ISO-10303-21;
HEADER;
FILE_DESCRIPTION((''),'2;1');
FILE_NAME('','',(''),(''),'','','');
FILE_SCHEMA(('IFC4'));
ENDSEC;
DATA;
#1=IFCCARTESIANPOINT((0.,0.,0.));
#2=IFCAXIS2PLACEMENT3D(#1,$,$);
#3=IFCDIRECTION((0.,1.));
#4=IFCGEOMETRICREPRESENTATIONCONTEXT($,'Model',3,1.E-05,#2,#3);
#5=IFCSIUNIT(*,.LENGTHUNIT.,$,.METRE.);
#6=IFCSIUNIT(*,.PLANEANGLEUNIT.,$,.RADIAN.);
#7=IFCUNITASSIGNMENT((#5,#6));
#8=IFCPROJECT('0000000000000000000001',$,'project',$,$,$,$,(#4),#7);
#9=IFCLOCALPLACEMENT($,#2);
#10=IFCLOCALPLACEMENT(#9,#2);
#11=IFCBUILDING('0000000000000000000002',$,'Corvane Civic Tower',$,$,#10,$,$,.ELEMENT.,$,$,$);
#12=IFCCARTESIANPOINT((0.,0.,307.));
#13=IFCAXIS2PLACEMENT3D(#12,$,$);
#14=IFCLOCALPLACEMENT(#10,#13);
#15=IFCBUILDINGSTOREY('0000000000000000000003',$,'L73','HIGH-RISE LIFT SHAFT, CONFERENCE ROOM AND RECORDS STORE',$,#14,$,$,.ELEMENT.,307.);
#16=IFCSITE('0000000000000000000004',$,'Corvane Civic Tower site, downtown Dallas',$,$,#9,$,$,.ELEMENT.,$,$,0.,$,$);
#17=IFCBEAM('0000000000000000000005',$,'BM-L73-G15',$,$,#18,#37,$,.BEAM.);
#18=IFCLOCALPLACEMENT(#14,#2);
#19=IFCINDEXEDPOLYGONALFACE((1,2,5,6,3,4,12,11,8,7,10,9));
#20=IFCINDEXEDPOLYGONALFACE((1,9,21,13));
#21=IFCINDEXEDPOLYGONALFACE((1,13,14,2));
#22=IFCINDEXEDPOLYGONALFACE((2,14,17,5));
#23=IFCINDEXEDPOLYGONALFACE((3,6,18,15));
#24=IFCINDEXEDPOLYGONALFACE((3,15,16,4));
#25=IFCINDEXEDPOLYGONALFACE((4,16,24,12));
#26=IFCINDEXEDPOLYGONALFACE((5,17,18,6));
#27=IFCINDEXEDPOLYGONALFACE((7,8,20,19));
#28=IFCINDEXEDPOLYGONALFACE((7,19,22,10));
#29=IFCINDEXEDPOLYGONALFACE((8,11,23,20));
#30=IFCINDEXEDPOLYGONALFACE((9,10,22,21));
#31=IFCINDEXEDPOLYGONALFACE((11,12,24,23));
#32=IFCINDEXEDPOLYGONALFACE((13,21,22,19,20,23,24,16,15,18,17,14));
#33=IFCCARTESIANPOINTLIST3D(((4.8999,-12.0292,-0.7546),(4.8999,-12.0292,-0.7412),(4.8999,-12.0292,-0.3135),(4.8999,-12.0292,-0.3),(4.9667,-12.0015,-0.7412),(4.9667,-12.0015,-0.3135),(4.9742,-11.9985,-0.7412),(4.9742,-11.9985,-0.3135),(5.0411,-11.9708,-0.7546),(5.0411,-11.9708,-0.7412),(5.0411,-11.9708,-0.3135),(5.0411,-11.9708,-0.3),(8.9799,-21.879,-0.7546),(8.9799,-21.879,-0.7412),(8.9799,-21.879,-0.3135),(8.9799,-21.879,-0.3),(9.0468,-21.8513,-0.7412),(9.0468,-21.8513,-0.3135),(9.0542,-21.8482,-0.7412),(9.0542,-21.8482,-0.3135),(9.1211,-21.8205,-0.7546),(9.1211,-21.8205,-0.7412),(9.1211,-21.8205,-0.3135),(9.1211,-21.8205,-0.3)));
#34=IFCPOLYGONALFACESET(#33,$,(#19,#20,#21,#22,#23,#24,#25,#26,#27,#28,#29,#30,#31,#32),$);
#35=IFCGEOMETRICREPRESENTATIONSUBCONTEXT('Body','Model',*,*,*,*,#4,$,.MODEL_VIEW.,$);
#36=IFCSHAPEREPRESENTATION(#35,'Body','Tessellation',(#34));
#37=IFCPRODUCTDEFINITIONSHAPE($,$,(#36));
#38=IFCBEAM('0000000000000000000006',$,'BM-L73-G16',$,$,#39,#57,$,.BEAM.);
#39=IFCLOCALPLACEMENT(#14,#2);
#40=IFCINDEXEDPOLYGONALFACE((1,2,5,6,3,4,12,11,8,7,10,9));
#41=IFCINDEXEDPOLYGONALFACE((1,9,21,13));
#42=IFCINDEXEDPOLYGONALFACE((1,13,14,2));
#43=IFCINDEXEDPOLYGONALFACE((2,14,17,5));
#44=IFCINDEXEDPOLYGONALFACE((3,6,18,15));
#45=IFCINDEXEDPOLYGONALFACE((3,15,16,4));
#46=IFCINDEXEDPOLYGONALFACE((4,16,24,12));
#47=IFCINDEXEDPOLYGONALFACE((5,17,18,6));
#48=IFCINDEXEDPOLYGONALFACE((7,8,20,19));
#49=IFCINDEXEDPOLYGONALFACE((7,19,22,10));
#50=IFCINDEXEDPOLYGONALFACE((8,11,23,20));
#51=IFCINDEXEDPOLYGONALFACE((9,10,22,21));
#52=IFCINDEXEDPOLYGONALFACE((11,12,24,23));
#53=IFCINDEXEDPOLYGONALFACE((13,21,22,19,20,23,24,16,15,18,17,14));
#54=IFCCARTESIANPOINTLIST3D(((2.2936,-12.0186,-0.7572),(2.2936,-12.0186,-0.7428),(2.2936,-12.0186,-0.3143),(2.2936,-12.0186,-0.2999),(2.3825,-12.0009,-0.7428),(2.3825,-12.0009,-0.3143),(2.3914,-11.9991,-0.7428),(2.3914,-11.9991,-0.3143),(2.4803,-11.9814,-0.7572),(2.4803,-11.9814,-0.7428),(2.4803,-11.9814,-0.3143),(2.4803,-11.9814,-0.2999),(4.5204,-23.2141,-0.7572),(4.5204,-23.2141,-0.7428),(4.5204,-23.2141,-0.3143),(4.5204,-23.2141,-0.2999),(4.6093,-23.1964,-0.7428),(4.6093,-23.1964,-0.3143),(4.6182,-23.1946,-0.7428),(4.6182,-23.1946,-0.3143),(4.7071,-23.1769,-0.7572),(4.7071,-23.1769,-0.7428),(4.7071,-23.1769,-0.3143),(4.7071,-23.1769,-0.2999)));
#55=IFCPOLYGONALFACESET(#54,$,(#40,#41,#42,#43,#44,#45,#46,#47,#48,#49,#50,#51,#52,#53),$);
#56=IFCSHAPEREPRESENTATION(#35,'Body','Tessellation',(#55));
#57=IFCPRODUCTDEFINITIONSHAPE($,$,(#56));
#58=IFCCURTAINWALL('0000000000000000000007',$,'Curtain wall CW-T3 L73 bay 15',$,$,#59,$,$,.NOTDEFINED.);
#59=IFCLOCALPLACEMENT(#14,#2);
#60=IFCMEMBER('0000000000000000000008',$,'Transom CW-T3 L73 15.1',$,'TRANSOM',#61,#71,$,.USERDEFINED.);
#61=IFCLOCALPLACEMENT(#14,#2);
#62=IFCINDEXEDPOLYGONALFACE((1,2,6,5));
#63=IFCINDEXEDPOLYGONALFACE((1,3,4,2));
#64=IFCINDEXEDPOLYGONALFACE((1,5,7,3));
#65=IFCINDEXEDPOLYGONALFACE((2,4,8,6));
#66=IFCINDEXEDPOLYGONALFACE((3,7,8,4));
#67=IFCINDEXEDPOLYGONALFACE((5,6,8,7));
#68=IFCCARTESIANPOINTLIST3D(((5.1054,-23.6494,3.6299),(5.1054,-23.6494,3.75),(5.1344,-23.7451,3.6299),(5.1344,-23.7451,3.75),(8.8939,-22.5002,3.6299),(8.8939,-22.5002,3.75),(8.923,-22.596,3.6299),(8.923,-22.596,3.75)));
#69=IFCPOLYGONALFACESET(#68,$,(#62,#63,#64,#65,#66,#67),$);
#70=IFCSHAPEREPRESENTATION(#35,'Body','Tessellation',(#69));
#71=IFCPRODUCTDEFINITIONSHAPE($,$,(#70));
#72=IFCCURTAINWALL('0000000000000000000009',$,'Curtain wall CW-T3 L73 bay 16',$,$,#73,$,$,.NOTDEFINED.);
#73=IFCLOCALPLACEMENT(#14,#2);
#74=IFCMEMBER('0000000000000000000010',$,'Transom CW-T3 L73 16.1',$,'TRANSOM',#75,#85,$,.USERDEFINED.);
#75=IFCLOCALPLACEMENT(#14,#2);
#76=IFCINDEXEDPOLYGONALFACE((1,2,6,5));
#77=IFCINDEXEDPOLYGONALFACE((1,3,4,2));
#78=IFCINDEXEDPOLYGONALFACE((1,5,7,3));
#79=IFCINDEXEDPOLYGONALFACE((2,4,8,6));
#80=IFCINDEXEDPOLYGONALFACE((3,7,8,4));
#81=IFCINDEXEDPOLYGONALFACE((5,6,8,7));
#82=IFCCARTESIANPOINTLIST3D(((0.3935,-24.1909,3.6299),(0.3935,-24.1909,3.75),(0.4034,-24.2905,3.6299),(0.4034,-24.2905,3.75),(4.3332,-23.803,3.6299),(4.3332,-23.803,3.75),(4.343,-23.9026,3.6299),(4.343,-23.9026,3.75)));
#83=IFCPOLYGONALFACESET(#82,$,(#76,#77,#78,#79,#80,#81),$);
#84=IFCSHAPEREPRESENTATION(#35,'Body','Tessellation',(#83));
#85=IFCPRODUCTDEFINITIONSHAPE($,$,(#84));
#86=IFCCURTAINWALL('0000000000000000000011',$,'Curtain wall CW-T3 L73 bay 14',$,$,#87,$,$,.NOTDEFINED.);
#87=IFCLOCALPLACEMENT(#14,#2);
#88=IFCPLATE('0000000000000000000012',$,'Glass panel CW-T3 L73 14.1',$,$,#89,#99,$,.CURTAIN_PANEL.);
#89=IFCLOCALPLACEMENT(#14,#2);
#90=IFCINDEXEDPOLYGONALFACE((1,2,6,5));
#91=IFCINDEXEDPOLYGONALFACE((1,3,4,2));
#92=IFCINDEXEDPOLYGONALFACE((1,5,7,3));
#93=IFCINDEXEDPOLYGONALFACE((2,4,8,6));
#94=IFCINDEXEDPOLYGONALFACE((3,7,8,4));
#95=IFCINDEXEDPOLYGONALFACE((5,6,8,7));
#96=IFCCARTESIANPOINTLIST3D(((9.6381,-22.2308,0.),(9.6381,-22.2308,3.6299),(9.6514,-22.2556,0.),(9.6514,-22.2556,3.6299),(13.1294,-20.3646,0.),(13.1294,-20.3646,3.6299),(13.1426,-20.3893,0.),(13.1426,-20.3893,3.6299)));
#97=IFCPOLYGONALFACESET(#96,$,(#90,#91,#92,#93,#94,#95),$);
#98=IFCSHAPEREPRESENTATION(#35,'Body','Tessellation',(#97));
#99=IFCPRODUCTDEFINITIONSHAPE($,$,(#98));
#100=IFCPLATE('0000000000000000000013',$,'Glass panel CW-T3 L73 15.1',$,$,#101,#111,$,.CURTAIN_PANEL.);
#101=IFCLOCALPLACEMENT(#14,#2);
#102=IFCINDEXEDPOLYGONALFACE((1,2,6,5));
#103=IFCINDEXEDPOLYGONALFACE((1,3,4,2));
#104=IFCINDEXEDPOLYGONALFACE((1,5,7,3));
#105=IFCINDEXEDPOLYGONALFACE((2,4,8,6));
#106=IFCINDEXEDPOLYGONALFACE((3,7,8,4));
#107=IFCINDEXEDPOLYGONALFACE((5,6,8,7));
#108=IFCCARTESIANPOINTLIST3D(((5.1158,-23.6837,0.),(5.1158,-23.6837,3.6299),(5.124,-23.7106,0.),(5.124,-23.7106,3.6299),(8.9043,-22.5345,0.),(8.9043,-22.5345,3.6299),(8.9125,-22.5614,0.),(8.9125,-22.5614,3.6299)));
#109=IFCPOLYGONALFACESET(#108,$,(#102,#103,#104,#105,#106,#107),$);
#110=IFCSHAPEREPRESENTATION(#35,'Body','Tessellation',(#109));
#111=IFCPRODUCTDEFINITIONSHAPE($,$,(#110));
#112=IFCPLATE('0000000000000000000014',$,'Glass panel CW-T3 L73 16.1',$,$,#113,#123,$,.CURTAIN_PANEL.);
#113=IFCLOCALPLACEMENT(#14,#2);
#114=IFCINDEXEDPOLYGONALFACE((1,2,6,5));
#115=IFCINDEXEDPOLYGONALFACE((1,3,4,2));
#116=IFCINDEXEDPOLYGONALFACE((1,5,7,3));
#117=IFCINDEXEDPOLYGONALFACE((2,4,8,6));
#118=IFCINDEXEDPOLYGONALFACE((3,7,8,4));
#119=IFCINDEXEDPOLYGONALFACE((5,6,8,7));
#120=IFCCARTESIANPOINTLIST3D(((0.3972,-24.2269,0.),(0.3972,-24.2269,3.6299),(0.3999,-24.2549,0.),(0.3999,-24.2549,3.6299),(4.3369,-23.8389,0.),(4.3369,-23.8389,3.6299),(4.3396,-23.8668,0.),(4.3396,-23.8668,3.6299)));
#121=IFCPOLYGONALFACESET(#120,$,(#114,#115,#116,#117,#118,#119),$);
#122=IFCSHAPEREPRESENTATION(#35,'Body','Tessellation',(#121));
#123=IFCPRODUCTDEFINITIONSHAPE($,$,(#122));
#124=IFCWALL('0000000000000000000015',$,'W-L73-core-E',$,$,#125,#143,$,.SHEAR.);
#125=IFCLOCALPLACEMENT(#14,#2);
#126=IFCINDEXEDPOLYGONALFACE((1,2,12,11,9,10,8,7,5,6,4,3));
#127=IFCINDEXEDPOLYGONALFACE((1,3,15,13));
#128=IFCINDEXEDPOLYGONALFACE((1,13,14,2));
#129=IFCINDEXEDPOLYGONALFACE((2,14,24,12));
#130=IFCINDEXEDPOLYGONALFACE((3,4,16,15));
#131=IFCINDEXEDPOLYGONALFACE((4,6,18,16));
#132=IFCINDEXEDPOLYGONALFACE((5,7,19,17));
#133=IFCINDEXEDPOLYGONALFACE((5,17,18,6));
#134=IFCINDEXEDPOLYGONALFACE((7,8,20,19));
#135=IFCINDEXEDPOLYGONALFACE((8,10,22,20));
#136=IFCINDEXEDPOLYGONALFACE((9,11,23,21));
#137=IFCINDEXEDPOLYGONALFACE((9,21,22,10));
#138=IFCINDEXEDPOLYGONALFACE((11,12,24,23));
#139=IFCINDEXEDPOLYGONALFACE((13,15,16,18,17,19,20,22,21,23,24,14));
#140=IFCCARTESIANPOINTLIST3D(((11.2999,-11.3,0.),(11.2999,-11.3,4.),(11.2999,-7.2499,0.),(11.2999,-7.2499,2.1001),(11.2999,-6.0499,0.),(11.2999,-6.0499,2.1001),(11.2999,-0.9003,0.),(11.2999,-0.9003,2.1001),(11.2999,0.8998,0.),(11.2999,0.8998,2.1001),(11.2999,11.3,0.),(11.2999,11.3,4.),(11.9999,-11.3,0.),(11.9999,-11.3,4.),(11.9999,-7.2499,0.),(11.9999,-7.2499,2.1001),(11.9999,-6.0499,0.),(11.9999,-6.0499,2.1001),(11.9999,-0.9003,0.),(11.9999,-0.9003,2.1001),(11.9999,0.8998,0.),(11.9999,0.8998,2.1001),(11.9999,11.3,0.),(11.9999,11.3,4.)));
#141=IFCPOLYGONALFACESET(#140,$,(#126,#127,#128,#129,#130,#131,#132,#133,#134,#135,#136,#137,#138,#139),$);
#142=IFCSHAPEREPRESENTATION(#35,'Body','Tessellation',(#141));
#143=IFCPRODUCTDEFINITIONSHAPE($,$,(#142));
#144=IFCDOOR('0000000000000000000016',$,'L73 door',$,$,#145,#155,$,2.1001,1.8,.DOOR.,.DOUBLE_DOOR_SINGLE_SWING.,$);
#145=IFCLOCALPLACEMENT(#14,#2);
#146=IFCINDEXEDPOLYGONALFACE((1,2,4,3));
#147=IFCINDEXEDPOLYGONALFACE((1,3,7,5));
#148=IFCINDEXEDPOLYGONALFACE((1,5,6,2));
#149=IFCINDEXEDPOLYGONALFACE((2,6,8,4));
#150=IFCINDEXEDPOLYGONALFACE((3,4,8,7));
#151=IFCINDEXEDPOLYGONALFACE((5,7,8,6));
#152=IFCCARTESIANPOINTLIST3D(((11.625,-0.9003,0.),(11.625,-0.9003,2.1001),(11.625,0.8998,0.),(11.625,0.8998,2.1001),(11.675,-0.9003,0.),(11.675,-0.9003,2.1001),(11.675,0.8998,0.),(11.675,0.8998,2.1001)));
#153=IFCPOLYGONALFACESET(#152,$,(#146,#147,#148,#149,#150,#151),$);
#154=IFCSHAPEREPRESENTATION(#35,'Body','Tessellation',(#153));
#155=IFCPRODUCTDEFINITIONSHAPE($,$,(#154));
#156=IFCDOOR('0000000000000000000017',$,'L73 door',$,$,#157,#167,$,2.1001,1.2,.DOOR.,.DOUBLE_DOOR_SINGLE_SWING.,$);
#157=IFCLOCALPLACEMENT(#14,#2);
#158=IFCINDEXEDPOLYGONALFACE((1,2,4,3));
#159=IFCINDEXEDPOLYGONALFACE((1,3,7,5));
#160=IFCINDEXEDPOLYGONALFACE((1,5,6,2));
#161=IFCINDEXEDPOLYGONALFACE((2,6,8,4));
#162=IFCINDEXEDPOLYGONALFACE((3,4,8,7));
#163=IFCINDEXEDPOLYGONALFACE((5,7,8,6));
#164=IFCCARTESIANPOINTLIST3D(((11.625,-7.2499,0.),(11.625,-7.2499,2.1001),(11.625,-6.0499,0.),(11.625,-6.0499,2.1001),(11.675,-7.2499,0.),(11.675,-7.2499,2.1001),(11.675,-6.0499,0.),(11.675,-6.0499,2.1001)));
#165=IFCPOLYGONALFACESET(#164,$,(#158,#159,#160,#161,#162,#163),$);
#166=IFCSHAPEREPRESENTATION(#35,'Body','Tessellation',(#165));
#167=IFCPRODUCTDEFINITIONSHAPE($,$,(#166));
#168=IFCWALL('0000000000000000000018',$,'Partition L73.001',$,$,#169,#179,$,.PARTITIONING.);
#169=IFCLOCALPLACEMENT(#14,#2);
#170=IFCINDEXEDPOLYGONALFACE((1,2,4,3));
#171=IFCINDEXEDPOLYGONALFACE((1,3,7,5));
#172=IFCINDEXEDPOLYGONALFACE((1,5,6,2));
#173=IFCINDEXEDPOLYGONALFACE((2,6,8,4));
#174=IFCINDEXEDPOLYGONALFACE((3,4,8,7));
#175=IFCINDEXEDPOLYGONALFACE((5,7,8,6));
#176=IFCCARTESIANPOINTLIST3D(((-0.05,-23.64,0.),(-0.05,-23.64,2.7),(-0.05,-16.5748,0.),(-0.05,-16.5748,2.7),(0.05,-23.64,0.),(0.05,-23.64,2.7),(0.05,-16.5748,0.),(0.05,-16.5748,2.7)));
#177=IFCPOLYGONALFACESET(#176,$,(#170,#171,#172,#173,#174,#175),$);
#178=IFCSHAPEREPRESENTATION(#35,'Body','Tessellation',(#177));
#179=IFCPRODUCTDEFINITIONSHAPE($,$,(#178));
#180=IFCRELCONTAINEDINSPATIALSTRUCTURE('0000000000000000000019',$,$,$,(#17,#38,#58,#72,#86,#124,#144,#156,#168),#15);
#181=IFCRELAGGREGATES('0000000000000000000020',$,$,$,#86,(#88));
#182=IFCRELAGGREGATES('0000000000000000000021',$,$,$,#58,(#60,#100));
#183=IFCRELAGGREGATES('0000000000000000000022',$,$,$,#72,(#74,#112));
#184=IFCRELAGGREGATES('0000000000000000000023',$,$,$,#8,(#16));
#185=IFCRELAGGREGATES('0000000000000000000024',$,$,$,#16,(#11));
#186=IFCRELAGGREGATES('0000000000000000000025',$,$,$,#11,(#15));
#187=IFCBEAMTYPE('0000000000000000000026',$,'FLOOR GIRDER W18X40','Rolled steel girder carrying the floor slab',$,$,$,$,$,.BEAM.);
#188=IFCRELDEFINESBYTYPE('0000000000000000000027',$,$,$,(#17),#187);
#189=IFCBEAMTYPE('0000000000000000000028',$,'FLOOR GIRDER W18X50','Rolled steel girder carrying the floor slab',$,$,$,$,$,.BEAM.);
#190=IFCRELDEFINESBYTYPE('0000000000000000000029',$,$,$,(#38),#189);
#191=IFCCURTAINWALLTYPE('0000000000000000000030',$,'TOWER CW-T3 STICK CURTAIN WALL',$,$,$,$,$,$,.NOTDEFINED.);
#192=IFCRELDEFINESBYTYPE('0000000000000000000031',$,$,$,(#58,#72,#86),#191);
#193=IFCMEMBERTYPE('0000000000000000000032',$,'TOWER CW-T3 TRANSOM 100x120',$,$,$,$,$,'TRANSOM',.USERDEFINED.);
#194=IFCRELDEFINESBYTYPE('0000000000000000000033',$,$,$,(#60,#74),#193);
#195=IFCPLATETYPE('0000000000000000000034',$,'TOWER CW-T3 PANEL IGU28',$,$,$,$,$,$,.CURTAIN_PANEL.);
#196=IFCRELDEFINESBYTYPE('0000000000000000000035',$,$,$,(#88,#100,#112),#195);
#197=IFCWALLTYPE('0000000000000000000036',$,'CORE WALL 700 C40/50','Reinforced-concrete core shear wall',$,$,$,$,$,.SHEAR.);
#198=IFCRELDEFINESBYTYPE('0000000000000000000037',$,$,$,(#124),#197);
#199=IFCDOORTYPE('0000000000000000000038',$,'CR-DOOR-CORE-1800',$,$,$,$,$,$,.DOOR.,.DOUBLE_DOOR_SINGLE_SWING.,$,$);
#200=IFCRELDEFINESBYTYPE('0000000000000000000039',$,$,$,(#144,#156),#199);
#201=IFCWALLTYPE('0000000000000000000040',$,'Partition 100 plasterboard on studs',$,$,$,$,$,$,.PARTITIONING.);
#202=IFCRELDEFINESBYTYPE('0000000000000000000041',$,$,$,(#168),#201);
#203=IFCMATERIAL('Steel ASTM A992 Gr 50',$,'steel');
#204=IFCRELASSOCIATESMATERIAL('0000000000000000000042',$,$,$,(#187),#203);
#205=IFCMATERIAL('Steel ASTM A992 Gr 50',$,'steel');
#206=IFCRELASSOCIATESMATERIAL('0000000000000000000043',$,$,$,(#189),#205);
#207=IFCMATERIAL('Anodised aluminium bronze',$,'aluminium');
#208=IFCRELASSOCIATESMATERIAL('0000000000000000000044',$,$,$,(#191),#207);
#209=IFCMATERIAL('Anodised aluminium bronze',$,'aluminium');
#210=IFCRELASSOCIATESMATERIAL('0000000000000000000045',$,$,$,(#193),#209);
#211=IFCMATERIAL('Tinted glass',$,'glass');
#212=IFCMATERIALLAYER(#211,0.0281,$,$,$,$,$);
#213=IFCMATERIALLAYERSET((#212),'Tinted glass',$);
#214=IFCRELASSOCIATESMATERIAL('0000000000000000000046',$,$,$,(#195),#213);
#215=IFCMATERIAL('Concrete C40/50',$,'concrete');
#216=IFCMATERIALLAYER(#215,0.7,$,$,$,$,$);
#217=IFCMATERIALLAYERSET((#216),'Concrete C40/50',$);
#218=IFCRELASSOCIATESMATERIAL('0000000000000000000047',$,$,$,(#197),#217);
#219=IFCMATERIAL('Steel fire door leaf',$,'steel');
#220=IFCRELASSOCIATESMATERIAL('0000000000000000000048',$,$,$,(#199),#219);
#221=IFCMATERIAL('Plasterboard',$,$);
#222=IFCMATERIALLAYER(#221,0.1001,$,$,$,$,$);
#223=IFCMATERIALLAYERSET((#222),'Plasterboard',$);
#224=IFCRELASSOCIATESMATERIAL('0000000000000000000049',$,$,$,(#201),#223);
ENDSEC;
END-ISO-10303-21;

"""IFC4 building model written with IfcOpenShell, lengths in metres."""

from ifc_helpers import new_model, si_unit, direction, frame, frame_2d, origin, origin_2d, place, context, subcontext, project, spatial, rectangle, i_section, extrude, material, layer, layer_set, material_profile, profile_set, type_object, element, fill, aggregate, save


model = new_model("IFC4")

# Units and contexts
model_context = context("Model", 3, precision=1e-05, world=origin(), true_north=direction((0.0, 1.0)))
body_context = subcontext(model_context, "Body", "Model", "MODEL_VIEW")
ifc_project = project(units=[si_unit("LENGTHUNIT", "METRE"), si_unit("PLANEANGLEUNIT", "RADIAN")], contexts=[model_context])

# Site, building, storey
site_placement = place(None, origin())
site = spatial("IfcSite", under=ifc_project, at=site_placement, Name="Corvane Civic Tower site, downtown Dallas", CompositionType="ELEMENT", RefElevation=0.0)
building_placement = place(site_placement, origin())
building = spatial("IfcBuilding", under=site, at=building_placement, Name="Corvane Civic Tower", CompositionType="ELEMENT")
storey_placement = place(building_placement, frame((0.0, 0.0, 307.0)))
storey = spatial("IfcBuildingStorey", under=building, at=storey_placement, Name="L73", Description="HIGH-RISE LIFT SHAFT, CONFERENCE ROOM AND RECORDS STORE", CompositionType="ELEMENT", Elevation=307.0)

# Beams
ifc_material_1 = material(Name="Steel ASTM A992 Gr 50", Category="steel")
ifc_material_profile_1 = material_profile(ifc_material_1, i_section(OverallWidth=0.1528, OverallDepth=0.4546, WebThickness=0.0081, FlangeThickness=0.0134, at=origin_2d()), Name="W18X40")
ifc_profile_set_1 = profile_set([ifc_material_profile_1], Name="Steel ASTM A992 Gr 50")
beam_type_1 = type_object("IfcBeamType", Name="FLOOR GIRDER W18X40", Description="Rolled steel girder carrying the floor slab", PredefinedType="BEAM", material=ifc_profile_set_1)
beam_1_placement = place(storey_placement, frame((4.9705, -12.0, -0.5273), z_axis=(0.382694, -0.923875, 0.0), x_axis=(0.923875, 0.382694, 0.0)))
element("IfcBeam", 1, at=beam_1_placement, inside=storey, type_object=beam_type_1, Name="BM-L73-G15", PredefinedType="BEAM", context=body_context, shape_type="SweptSolid", body=[
    extrude(i_section(OverallWidth=0.1528, OverallDepth=0.4546, WebThickness=0.0081, FlangeThickness=0.0134, at=origin_2d()), origin(), (0.0, 0.0, 1.0), 10.6614),
])
ifc_material_2 = material(Name="Steel ASTM A992 Gr 50", Category="steel")
ifc_material_profile_2 = material_profile(ifc_material_2, i_section(OverallWidth=0.1904, OverallDepth=0.4573, WebThickness=0.009, FlangeThickness=0.0144, at=origin_2d()), Name="W18X50")
ifc_profile_set_2 = profile_set([ifc_material_profile_2], Name="Steel ASTM A992 Gr 50")
beam_type_2 = type_object("IfcBeamType", Name="FLOOR GIRDER W18X50", Description="Rolled steel girder carrying the floor slab", PredefinedType="BEAM", material=ifc_profile_set_2)
beam_2_placement = place(storey_placement, frame((2.387, -12.0, -0.5286), z_axis=(0.19508, -0.980787, 0.0), x_axis=(0.980787, 0.19508, 0.0)))
element("IfcBeam", 2, at=beam_2_placement, inside=storey, type_object=beam_type_2, Name="BM-L73-G16", PredefinedType="BEAM", context=body_context, shape_type="SweptSolid", body=[
    extrude(i_section(OverallWidth=0.1904, OverallDepth=0.4573, WebThickness=0.009, FlangeThickness=0.0144, at=origin_2d()), origin(), (0.0, 0.0, 1.0), 11.4148),
])

# Curtain walls, members
ifc_material_3 = material(Name="Anodised aluminium bronze", Category="aluminium")
curtain_wall_type = type_object("IfcCurtainWallType", Name="TOWER CW-T3 STICK CURTAIN WALL", PredefinedType="NOTDEFINED", material=ifc_material_3)
curtain_wall_1_placement = place(storey_placement, origin())
curtain_wall_1 = element("IfcCurtainWall", 3, at=curtain_wall_1_placement, inside=storey, type_object=curtain_wall_type, Name="Curtain wall CW-T3 L73 bay 15", PredefinedType="NOTDEFINED")
ifc_material_4 = material(Name="Anodised aluminium bronze", Category="aluminium")
ifc_material_profile_3 = material_profile(ifc_material_4, rectangle(XDim=0.1001, YDim=0.1201, at=origin_2d()), Name="TOWER CW-T3 TRANSOM 100x120")
ifc_profile_set_3 = profile_set([ifc_material_profile_3], Name="Anodised aluminium bronze")
member_type = type_object("IfcMemberType", Name="TOWER CW-T3 TRANSOM 100x120", ElementType="TRANSOM", PredefinedType="USERDEFINED", material=ifc_profile_set_3)
member_1_placement = place(storey_placement, frame((8.9084, -22.5481, 3.6899), z_axis=(-0.956946, -0.290266, 0.0), x_axis=(0.290266, -0.956946, 0.0)))
member_1 = element("IfcMember", 4, at=member_1_placement, type_object=member_type, Name="Transom CW-T3 L73 15.1", ObjectType="TRANSOM", PredefinedType="USERDEFINED", context=body_context, shape_type="SweptSolid", body=[
    extrude(rectangle(XDim=0.1001, YDim=0.1201, at=origin_2d()), origin(), (0.0, 0.0, 1.0), 3.959),
])
curtain_wall_2_placement = place(storey_placement, origin())
curtain_wall_2 = element("IfcCurtainWall", 5, at=curtain_wall_2_placement, inside=storey, type_object=curtain_wall_type, Name="Curtain wall CW-T3 L73 bay 16", PredefinedType="NOTDEFINED")
member_2_placement = place(storey_placement, frame((4.3381, -23.8528, 3.6899), z_axis=(-0.995187, -0.097995, 0.0), x_axis=(0.097995, -0.995187, 0.0)))
member_2 = element("IfcMember", 6, at=member_2_placement, type_object=member_type, Name="Transom CW-T3 L73 16.1", ObjectType="TRANSOM", PredefinedType="USERDEFINED", context=body_context, shape_type="SweptSolid", body=[
    extrude(rectangle(XDim=0.1001, YDim=0.1201, at=origin_2d()), origin(), (0.0, 0.0, 1.0), 3.9587),
])

# Curtain wall, plate
curtain_wall_3_placement = place(storey_placement, origin())
curtain_wall_3 = element("IfcCurtainWall", 7, at=curtain_wall_3_placement, inside=storey, type_object=curtain_wall_type, Name="Curtain wall CW-T3 L73 bay 14", PredefinedType="NOTDEFINED")
ifc_material_5 = material(Name="Tinted glass", Category="glass")
ifc_layer_1 = layer(ifc_material_5, 0.0281)
ifc_layer_set_1 = layer_set([ifc_layer_1], Name="Tinted glass")
plate_type = type_object("IfcPlateType", Name="TOWER CW-T3 PANEL IGU28", PredefinedType="CURTAIN_PANEL", material=ifc_layer_set_1)
plate_1_placement = place(storey_placement, frame((11.3904, -21.3101, 0.0), z_axis=(0.0, 0.0, 1.0), x_axis=(-0.881908, -0.471421, 0.0)))
plate_1 = element("IfcPlate", 8, at=plate_1_placement, type_object=plate_type, Name="Glass panel CW-T3 L73 14.1", PredefinedType="CURTAIN_PANEL", context=body_context, shape_type="SweptSolid", body=[
    extrude(rectangle(XDim=3.9587, YDim=0.0281, at=origin_2d()), origin(), (0.0, 0.0, 1.0), 3.6299),
])
aggregate(curtain_wall_3, [plate_1])

# Plates
plate_2_placement = place(storey_placement, frame((7.0142, -23.1226, 0.0), z_axis=(0.0, 0.0, 1.0), x_axis=(-0.956944, -0.290274, 0.0)))
plate_2 = element("IfcPlate", 9, at=plate_2_placement, type_object=plate_type, Name="Glass panel CW-T3 L73 15.1", PredefinedType="CURTAIN_PANEL", context=body_context, shape_type="SweptSolid", body=[
    extrude(rectangle(XDim=3.959, YDim=0.0281, at=origin_2d()), origin(), (0.0, 0.0, 1.0), 3.6299),
])
aggregate(curtain_wall_1, [member_1, plate_2])
plate_3_placement = place(storey_placement, frame((2.3684, -24.0469, 0.0), z_axis=(0.0, 0.0, 1.0), x_axis=(-0.995184, -0.098021, 0.0)))
plate_3 = element("IfcPlate", 10, at=plate_3_placement, type_object=plate_type, Name="Glass panel CW-T3 L73 16.1", PredefinedType="CURTAIN_PANEL", context=body_context, shape_type="SweptSolid", body=[
    extrude(rectangle(XDim=3.9587, YDim=0.0281, at=origin_2d()), origin(), (0.0, 0.0, 1.0), 3.6299),
])
aggregate(curtain_wall_2, [member_2, plate_3])

# Wall, openings, doors
ifc_material_6 = material(Name="Concrete C40/50", Category="concrete")
ifc_layer_2 = layer(ifc_material_6, 0.7)
ifc_layer_set_2 = layer_set([ifc_layer_2], Name="Concrete C40/50")
wall_type_1 = type_object("IfcWallType", Name="CORE WALL 700 C40/50", Description="Reinforced-concrete core shear wall", PredefinedType="SHEAR", material=ifc_layer_set_2)
wall_1_placement = place(storey_placement, frame((11.6499, -11.3, 0.0), z_axis=(0.0, 0.0, 1.0), x_axis=(0.0, 1.0, 0.0)))
wall_1 = element("IfcWall", 11, at=wall_1_placement, inside=storey, type_object=wall_type_1, Name="W-L73-core-E", PredefinedType="SHEAR", context=body_context, shape_type="SweptSolid", body=[
    extrude(rectangle(XDim=22.6001, YDim=0.7, at=frame_2d((11.3, 0.0))), origin(), (0.0, 0.0, 1.0), 4.0),
])
opening_1_placement = place(wall_1_placement, frame((10.3999, 0.0, 0.0)))
opening_1 = element("IfcOpeningElement", 12, at=opening_1_placement, cuts=wall_1, PredefinedType="OPENING", context=body_context, shape_type="SweptSolid", body=[
    extrude(rectangle(XDim=1.8, YDim=2.1001, at=frame_2d((0.8999, 1.05))), frame((0.0, 0.3599, 0.0), z_axis=(0.0, -1.0, 0.0), x_axis=(1.0, 0.0, 0.0)), (0.0, 0.0, 1.0), 0.72),
])
opening_2_placement = place(wall_1_placement, frame((4.05, 0.0, 0.0)))
opening_2 = element("IfcOpeningElement", 13, at=opening_2_placement, cuts=wall_1, PredefinedType="OPENING", context=body_context, shape_type="SweptSolid", body=[
    extrude(rectangle(XDim=1.2, YDim=2.1001, at=frame_2d((0.6001, 1.05))), frame((0.0, 0.3599, 0.0), z_axis=(0.0, -1.0, 0.0), x_axis=(1.0, 0.0, 0.0)), (0.0, 0.0, 1.0), 0.72),
])
ifc_material_7 = material(Name="Steel fire door leaf", Category="steel")
door_type = type_object("IfcDoorType", Name="CR-DOOR-CORE-1800", OperationType="DOUBLE_DOOR_SINGLE_SWING", PredefinedType="DOOR", material=ifc_material_7)
door_1_placement = place(opening_1_placement, origin())
door_1 = element("IfcDoor", 14, at=door_1_placement, inside=storey, type_object=door_type, Name="L73 door", OperationType="DOUBLE_DOOR_SINGLE_SWING", OverallHeight=2.1001, OverallWidth=1.8, PredefinedType="DOOR", context=body_context, shape_type="SweptSolid", body=[
    extrude(rectangle(XDim=1.8, YDim=2.1001, at=frame_2d((0.8999, 1.05))), frame((0.0, 0.0249, 0.0), z_axis=(0.0, -1.0, 0.0), x_axis=(1.0, 0.0, 0.0)), (0.0, 0.0, 1.0), 0.05),
])
fill(opening_1, door_1)
door_2_placement = place(opening_2_placement, origin())
door_2 = element("IfcDoor", 15, at=door_2_placement, inside=storey, type_object=door_type, Name="L73 door", OperationType="DOUBLE_DOOR_SINGLE_SWING", OverallHeight=2.1001, OverallWidth=1.2, PredefinedType="DOOR", context=body_context, shape_type="SweptSolid", body=[
    extrude(rectangle(XDim=1.2, YDim=2.1001, at=frame_2d((0.6001, 1.05))), frame((0.0, 0.0249, 0.0), z_axis=(0.0, -1.0, 0.0), x_axis=(1.0, 0.0, 0.0)), (0.0, 0.0, 1.0), 0.05),
])
fill(opening_2, door_2)

# Wall
ifc_material_8 = material(Name="Plasterboard")
ifc_layer_3 = layer(ifc_material_8, 0.1001)
ifc_layer_set_3 = layer_set([ifc_layer_3], Name="Plasterboard")
wall_type_2 = type_object("IfcWallType", Name="Partition 100 plasterboard on studs", PredefinedType="PARTITIONING", material=ifc_layer_set_3)
wall_2_placement = place(storey_placement, frame((0.0, -23.6401, 0.0), z_axis=(0.0, 0.0, 1.0), x_axis=(0.0, 1.0, 0.0)))
element("IfcWall", 16, at=wall_2_placement, inside=storey, type_object=wall_type_2, Name="Partition L73.001", PredefinedType="PARTITIONING", context=body_context, shape_type="SweptSolid", body=[
    extrude(rectangle(XDim=7.0652, YDim=0.1001, at=frame_2d((3.5327, 0.0))), origin(), (0.0, 0.0, 1.0), 2.7),
])

save(model, "model.ifc")
